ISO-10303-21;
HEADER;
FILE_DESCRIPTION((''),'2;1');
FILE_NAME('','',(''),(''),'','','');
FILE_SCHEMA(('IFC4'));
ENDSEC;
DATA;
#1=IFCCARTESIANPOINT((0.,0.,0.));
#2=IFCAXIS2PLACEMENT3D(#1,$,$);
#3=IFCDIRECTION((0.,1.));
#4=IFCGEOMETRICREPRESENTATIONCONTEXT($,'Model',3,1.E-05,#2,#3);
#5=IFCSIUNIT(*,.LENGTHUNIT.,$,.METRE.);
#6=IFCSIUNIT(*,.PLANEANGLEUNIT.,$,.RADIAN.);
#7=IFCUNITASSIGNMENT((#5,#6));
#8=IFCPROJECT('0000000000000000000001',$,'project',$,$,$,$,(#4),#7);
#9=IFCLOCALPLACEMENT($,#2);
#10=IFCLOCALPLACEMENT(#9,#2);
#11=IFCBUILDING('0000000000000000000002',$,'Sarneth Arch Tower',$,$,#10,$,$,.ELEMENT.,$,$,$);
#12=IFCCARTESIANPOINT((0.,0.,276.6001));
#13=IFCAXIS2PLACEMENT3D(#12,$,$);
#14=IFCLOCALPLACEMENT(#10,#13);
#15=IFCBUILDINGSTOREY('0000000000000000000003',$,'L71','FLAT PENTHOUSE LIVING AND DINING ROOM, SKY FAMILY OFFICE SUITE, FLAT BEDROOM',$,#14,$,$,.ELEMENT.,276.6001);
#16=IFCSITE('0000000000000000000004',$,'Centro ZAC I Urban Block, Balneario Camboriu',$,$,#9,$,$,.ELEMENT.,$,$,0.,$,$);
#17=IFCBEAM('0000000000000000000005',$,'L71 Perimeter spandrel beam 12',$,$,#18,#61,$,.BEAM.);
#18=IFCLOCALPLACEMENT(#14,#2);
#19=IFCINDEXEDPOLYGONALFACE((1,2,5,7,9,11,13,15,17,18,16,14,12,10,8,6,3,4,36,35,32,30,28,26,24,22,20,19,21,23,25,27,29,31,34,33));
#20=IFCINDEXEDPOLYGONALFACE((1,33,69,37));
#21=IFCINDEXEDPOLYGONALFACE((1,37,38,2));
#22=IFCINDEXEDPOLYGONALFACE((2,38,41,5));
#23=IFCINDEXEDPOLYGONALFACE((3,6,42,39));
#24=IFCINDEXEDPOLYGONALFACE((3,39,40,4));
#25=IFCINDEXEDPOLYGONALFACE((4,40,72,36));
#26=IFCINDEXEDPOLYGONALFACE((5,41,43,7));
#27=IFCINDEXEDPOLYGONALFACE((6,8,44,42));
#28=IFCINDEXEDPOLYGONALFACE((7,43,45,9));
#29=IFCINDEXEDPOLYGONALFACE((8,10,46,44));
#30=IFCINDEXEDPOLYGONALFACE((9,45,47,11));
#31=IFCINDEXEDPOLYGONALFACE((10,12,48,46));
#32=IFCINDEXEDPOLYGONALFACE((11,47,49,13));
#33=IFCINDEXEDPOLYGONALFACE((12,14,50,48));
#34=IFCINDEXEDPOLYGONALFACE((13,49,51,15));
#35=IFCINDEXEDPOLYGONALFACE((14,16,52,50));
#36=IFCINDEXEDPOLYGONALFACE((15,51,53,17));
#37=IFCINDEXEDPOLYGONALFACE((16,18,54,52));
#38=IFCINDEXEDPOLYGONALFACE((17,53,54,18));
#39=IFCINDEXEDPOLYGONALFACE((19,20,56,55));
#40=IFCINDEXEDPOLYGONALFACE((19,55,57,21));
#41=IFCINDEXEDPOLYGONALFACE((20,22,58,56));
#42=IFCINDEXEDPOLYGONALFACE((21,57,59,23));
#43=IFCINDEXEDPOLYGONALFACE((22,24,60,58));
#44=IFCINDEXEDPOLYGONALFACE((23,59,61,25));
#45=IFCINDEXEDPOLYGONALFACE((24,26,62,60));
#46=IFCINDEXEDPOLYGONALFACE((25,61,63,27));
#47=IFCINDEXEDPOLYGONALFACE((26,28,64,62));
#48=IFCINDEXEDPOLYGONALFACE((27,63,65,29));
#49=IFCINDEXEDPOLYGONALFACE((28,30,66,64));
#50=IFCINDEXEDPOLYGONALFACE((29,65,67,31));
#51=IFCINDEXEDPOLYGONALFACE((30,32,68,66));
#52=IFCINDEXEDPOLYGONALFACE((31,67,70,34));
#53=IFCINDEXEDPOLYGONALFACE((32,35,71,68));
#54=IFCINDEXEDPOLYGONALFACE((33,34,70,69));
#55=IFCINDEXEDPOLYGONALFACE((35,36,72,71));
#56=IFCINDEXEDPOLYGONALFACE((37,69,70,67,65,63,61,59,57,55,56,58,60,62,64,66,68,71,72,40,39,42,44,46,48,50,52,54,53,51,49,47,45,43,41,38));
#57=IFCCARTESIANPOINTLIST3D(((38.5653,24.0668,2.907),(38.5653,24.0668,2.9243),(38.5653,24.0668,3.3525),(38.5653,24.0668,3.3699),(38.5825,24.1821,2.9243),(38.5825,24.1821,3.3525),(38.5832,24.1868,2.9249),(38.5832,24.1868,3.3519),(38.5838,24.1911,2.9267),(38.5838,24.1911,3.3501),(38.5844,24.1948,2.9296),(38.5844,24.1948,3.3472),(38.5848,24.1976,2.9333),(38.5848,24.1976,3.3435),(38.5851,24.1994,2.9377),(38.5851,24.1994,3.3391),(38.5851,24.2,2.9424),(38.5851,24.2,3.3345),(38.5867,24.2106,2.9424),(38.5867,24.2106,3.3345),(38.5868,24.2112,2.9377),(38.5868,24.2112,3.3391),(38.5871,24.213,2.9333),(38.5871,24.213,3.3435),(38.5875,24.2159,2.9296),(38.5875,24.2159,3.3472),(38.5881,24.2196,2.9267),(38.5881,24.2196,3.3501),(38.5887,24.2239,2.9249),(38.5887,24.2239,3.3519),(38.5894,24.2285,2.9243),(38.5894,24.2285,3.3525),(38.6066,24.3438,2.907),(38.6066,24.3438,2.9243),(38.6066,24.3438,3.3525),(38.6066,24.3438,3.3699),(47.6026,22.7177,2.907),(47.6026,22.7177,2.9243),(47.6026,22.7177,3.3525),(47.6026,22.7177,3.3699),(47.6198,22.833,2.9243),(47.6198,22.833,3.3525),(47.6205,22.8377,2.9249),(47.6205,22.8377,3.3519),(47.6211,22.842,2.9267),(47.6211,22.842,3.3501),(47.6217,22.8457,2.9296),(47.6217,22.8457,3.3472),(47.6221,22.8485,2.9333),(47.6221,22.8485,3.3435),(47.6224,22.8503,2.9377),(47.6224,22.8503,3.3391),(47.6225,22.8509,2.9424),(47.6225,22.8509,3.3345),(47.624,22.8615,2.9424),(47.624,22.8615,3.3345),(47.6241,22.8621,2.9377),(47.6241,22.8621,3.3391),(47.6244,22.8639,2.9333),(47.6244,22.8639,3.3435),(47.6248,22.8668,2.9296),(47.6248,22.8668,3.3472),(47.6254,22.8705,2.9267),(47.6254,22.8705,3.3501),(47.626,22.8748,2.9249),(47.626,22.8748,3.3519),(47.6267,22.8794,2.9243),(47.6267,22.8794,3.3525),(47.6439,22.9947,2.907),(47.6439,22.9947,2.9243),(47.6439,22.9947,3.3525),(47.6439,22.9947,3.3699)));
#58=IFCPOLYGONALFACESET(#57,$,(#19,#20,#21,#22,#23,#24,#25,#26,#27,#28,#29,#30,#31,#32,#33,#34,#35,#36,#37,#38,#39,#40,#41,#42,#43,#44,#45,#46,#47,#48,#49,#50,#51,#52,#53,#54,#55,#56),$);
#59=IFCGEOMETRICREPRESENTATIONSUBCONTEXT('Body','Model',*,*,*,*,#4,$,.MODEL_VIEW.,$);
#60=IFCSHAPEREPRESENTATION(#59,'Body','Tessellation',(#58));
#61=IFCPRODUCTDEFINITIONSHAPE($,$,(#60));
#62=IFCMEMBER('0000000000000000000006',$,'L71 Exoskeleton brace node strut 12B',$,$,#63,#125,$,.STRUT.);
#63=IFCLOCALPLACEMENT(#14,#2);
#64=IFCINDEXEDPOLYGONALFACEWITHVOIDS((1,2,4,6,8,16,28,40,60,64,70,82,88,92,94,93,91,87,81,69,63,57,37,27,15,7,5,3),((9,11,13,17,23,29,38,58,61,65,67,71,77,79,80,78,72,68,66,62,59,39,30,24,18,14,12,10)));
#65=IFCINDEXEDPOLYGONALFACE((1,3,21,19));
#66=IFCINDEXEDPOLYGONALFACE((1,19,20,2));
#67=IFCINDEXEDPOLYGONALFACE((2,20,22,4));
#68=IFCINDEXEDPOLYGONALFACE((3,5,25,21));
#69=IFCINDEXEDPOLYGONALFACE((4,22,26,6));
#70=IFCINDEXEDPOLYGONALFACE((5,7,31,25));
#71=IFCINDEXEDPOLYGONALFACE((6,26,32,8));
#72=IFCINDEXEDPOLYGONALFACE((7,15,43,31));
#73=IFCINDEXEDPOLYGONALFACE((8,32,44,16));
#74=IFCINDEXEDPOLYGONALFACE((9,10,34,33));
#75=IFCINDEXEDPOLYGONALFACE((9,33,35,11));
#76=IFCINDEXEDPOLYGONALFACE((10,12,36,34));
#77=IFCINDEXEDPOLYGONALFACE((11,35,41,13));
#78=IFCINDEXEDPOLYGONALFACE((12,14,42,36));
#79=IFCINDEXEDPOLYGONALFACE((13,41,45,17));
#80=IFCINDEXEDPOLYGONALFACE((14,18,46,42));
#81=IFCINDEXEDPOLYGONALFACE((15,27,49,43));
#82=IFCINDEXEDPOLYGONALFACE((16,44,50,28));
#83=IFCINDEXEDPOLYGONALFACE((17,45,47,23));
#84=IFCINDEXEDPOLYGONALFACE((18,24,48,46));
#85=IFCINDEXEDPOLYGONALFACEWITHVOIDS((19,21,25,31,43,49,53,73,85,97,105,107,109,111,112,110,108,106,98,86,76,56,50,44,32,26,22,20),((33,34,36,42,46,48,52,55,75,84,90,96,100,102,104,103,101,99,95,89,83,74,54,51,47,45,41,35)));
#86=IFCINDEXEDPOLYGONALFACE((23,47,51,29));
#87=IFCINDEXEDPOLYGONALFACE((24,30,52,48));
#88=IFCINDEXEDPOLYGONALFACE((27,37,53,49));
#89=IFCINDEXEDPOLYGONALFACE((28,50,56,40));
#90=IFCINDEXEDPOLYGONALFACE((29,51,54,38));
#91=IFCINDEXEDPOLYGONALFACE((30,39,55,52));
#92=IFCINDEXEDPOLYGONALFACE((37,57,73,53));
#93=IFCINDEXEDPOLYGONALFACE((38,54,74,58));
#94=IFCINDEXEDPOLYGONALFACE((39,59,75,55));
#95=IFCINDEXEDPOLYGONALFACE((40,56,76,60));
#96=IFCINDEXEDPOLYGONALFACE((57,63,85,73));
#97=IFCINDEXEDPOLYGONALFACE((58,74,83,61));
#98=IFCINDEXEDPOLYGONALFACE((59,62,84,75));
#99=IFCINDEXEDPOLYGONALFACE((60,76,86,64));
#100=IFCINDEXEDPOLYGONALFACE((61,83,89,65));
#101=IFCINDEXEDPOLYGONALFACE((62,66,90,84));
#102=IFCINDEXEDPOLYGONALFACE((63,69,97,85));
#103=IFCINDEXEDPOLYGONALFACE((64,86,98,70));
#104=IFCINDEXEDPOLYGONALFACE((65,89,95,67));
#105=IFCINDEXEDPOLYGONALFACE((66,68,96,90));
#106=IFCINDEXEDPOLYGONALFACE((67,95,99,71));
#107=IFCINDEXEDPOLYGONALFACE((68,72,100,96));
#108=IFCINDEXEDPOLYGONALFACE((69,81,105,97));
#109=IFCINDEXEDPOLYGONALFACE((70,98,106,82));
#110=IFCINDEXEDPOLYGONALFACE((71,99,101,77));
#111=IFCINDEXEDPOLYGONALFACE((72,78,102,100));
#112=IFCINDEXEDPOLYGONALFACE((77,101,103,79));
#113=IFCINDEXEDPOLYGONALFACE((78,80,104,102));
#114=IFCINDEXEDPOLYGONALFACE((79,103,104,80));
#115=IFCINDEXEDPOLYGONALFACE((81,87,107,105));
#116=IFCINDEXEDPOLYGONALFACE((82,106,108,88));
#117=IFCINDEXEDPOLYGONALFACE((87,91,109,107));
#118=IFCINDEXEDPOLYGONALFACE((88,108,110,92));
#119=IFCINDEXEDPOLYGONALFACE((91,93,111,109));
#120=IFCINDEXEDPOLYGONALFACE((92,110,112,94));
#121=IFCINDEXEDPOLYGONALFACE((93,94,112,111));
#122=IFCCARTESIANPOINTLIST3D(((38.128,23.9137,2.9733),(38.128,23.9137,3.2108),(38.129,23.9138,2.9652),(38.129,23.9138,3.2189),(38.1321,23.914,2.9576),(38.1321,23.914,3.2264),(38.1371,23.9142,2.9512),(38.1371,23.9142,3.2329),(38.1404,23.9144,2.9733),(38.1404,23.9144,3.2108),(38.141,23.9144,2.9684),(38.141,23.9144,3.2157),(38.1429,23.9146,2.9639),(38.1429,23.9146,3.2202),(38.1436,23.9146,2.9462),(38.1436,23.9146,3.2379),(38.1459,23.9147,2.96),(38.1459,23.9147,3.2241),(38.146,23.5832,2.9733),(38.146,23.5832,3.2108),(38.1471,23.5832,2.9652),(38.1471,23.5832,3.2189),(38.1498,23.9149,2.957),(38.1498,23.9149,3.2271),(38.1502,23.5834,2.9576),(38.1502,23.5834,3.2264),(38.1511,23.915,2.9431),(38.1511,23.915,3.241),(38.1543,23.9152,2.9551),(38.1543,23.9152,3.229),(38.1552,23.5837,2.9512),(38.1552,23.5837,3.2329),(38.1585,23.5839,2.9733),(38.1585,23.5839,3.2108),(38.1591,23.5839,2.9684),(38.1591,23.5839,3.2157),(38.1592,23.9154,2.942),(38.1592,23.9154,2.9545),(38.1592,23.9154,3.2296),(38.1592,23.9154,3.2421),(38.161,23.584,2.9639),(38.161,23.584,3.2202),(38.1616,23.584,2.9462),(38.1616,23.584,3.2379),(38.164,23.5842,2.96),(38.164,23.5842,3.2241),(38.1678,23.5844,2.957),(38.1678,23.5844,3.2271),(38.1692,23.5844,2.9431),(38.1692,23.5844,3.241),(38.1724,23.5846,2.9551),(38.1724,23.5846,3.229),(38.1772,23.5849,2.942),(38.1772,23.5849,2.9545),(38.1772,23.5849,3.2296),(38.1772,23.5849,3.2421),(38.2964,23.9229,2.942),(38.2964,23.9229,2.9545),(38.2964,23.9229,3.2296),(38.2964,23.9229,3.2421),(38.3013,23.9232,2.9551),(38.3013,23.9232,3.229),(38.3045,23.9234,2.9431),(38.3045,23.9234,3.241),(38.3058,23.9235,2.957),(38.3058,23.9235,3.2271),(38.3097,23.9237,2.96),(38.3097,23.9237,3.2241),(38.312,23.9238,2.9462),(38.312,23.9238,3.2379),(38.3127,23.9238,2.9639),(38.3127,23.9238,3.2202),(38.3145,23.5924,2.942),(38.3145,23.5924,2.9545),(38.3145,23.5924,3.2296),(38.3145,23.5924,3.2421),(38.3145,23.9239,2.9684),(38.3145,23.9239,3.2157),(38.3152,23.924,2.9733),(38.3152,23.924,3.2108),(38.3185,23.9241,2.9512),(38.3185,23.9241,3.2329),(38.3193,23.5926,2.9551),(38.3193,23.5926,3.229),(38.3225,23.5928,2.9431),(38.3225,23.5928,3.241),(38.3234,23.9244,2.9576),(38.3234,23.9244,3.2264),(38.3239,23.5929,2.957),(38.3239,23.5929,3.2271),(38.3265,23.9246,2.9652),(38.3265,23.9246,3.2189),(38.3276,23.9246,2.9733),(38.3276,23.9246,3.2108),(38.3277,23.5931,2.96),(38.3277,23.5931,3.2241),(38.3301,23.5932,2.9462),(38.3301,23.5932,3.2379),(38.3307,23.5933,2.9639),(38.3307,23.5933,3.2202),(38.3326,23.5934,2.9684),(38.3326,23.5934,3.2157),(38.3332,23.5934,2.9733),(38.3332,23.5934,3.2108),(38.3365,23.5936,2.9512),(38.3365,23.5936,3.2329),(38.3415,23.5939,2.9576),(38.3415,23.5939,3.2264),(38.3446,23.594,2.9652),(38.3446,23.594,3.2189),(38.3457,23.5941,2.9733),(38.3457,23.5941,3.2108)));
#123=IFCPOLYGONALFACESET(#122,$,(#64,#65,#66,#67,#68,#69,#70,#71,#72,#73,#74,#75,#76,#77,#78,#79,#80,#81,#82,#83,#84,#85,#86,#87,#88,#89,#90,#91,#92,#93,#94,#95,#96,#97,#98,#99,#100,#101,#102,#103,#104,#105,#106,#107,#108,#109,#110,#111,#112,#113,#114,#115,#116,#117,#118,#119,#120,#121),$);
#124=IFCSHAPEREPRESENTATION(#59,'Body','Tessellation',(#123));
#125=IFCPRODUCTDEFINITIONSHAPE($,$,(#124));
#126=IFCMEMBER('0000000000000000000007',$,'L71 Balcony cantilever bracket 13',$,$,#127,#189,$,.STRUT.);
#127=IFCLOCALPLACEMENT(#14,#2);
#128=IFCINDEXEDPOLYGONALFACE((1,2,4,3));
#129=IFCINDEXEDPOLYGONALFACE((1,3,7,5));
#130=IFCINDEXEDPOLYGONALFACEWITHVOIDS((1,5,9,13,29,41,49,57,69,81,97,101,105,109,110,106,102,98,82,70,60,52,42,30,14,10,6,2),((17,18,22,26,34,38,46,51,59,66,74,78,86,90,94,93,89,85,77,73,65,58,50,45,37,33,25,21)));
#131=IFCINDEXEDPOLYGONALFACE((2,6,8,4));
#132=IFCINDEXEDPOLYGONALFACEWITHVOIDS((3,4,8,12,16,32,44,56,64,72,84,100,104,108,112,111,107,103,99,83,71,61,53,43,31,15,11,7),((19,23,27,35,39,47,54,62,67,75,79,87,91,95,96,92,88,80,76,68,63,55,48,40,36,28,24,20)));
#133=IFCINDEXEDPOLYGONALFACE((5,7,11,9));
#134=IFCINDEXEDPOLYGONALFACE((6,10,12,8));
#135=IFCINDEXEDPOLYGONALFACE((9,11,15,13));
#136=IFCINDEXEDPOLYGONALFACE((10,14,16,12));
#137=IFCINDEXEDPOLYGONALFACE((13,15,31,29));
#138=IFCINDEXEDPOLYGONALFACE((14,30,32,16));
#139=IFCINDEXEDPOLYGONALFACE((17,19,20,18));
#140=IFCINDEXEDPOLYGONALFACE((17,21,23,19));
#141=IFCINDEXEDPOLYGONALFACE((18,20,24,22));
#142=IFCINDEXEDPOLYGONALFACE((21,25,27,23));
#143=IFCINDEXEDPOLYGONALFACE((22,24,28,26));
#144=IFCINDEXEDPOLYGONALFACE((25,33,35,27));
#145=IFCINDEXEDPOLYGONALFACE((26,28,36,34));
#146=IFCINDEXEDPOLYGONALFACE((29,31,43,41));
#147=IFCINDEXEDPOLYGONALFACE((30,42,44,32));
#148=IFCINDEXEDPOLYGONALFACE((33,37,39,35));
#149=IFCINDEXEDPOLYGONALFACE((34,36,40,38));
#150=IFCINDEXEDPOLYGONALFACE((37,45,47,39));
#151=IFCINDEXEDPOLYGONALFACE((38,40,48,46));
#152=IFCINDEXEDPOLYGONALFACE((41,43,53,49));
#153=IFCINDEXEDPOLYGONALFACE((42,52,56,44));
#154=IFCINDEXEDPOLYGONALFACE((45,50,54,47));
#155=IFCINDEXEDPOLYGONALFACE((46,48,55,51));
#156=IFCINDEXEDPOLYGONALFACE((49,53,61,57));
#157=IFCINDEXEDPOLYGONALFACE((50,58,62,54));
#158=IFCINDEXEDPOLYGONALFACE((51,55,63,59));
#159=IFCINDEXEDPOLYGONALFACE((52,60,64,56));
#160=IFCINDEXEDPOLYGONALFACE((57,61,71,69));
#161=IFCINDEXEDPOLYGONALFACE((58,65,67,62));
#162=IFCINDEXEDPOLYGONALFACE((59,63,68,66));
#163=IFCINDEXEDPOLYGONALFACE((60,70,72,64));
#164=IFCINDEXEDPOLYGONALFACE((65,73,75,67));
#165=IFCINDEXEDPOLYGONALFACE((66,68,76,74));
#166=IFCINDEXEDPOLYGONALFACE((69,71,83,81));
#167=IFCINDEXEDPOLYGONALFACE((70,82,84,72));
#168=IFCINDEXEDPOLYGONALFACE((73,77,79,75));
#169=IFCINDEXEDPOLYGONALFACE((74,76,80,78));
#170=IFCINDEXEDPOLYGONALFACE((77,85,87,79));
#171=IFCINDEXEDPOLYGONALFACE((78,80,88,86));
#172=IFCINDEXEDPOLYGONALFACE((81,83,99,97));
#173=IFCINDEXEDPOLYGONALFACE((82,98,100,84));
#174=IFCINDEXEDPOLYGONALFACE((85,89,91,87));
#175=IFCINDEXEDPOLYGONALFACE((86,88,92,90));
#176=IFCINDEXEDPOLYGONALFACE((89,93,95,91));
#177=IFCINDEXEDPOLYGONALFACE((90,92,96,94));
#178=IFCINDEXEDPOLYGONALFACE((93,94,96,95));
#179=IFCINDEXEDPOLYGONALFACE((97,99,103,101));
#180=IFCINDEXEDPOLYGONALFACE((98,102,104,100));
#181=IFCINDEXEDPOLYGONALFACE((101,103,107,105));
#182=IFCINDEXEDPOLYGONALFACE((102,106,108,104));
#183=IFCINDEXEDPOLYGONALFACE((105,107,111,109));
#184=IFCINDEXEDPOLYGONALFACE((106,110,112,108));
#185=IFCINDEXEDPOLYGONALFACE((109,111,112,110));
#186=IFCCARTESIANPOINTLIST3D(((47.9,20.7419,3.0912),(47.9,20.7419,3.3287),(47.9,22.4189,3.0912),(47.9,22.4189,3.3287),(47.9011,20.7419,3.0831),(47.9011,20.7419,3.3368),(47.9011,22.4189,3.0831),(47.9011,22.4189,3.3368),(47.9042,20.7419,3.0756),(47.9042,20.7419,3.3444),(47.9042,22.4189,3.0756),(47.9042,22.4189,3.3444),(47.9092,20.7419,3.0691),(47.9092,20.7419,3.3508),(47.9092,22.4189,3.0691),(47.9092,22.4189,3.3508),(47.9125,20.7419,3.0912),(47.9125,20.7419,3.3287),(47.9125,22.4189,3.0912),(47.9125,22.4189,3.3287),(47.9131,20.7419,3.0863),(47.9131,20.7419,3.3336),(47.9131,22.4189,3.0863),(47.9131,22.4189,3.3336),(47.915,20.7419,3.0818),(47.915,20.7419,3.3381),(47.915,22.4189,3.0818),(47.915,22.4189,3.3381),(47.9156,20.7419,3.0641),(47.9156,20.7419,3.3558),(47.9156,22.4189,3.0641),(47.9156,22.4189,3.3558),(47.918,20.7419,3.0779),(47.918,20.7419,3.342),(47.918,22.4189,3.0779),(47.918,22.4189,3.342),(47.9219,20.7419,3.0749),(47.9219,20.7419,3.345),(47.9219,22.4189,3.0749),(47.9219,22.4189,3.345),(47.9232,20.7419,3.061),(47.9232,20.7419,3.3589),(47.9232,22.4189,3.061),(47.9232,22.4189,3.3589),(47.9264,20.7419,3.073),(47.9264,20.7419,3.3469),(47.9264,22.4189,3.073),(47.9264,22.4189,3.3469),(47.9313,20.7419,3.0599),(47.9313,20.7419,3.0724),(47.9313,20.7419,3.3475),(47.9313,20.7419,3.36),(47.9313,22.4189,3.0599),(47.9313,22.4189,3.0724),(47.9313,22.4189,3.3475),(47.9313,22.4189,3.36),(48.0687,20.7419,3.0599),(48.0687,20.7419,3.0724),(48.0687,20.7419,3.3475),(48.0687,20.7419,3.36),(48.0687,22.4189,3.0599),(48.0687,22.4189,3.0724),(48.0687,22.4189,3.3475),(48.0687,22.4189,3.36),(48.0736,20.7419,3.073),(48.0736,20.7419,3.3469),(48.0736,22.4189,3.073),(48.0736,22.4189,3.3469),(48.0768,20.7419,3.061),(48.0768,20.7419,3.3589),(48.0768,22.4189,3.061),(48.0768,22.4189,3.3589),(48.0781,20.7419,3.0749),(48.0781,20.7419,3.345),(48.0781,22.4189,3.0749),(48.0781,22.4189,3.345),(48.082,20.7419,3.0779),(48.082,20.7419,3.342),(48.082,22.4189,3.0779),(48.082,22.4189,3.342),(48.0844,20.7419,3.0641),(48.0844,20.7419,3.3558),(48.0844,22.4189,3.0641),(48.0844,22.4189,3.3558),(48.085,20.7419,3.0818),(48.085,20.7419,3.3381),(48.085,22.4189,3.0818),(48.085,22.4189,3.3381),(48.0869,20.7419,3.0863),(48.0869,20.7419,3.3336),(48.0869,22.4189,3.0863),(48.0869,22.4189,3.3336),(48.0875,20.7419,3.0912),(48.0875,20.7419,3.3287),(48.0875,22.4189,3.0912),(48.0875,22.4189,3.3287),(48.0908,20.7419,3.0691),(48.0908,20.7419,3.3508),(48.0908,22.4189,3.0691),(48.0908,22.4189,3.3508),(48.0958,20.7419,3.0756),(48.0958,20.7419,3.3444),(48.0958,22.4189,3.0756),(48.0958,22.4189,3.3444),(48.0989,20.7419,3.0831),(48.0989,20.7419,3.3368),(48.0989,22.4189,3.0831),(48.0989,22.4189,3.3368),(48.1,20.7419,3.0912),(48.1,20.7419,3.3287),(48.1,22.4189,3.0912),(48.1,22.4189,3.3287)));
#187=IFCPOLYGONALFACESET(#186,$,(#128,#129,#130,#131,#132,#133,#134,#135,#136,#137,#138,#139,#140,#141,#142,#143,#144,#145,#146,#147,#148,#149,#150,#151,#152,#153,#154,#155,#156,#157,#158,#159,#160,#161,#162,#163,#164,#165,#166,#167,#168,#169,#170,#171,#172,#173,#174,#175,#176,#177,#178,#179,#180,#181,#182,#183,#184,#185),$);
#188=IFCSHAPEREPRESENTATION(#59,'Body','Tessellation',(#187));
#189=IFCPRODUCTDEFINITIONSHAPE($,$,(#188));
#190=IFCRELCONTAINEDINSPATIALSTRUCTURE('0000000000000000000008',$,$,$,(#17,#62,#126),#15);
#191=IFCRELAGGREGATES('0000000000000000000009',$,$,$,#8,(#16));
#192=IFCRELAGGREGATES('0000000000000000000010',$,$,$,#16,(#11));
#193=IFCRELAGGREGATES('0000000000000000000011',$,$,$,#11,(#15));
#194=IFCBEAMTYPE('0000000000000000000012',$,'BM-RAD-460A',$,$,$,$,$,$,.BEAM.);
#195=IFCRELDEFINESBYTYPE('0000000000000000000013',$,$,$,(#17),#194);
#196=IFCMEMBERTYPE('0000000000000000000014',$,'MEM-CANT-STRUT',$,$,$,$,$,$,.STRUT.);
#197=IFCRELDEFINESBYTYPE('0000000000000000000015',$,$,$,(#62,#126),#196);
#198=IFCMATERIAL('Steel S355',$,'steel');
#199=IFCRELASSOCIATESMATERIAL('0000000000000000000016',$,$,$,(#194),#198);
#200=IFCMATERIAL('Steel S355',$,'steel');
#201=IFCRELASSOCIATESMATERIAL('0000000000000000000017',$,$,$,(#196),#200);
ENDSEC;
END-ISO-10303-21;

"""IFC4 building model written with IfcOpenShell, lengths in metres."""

from ifc_helpers import new_model, si_unit, direction, frame, origin, origin_2d, place, context, subcontext, project, spatial, hollow_rectangle, i_section, extrude, material, material_profile, profile_set, type_object, element, save


model = new_model("IFC4")

# Units and contexts
model_context = context("Model", 3, precision=1e-05, world=origin(), true_north=direction((0.0, 1.0)))
body_context = subcontext(model_context, "Body", "Model", "MODEL_VIEW")
ifc_project = project(units=[si_unit("LENGTHUNIT", "METRE"), si_unit("PLANEANGLEUNIT", "RADIAN")], contexts=[model_context])

# Site, building, storey
site_placement = place(None, origin())
site = spatial("IfcSite", under=ifc_project, at=site_placement, Name="Centro ZAC I Urban Block, Balneario Camboriu", CompositionType="ELEMENT", RefElevation=0.0)
building_placement = place(site_placement, origin())
building = spatial("IfcBuilding", under=site, at=building_placement, Name="Sarneth Arch Tower", CompositionType="ELEMENT")
storey_placement = place(building_placement, frame((0.0, 0.0, 276.6001)))
storey = spatial("IfcBuildingStorey", under=building, at=storey_placement, Name="L71", Description="FLAT PENTHOUSE LIVING AND DINING ROOM, SKY FAMILY OFFICE SUITE, FLAT BEDROOM", CompositionType="ELEMENT", Elevation=276.6001)

# Beam
ifc_material_1 = material(Name="Steel S355", Category="steel")
ifc_material_profile_1 = material_profile(ifc_material_1, i_section(OverallWidth=0.28, OverallDepth=0.4629, WebThickness=0.0107, FlangeThickness=0.0173, FilletRadius=0.0181, at=origin_2d()), Name="W460x113")
ifc_profile_set_1 = profile_set([ifc_material_profile_1], Name="Steel S355")
beam_type_1 = type_object("IfcBeamType", Name="BM-RAD-460A", PredefinedType="BEAM", material=ifc_profile_set_1)
beam_1_placement = place(storey_placement, frame((38.5859, 24.2053, 3.1384), z_axis=(0.98904, -0.147647, 0.0), x_axis=(0.147647, 0.98904, 0.0)))
element("IfcBeam", 1, at=beam_1_placement, inside=storey, type_object=beam_type_1, Name="L71 Perimeter spandrel beam 12", PredefinedType="BEAM", context=body_context, shape_type="SweptSolid", body=[
    extrude(i_section(OverallWidth=0.28, OverallDepth=0.4629, WebThickness=0.0107, FlangeThickness=0.0173, FilletRadius=0.0181, at=origin_2d()), origin(), (0.0, 0.0, 1.0), 9.1375),
])

# Members
ifc_material_2 = material(Name="Steel S355", Category="steel")
ifc_material_profile_2 = material_profile(ifc_material_2, hollow_rectangle(XDim=0.2, YDim=0.3, WallThickness=0.0125, InnerFilletRadius=0.0188, OuterFilletRadius=0.0312, at=origin_2d()), Name="RHS300x200x12.5")
ifc_profile_set_2 = profile_set([ifc_material_profile_2], Name="Steel S355")
member_type_1 = type_object("IfcMemberType", Name="MEM-CANT-STRUT", PredefinedType="STRUT", material=ifc_profile_set_2)
member_1_placement = place(storey_placement, frame((38.2278, 23.9192, 3.092), z_axis=(0.054571, -0.99851, 0.0), x_axis=(0.99851, 0.054571, 0.0)))
element("IfcMember", 2, at=member_1_placement, inside=storey, type_object=member_type_1, Name="L71 Exoskeleton brace node strut 12B", PredefinedType="STRUT", context=body_context, shape_type="SweptSolid", body=[
    extrude(hollow_rectangle(XDim=0.2, YDim=0.3, WallThickness=0.0125, InnerFilletRadius=0.0188, OuterFilletRadius=0.0312, at=origin_2d()), origin(), (0.0, 0.0, 1.0), 0.3311),
])
member_2_placement = place(storey_placement, frame((48.0, 22.4189, 3.21), z_axis=(0.0, -1.0, 0.0), x_axis=(1.0, 0.0, 0.0)))
element("IfcMember", 3, at=member_2_placement, inside=storey, type_object=member_type_1, Name="L71 Balcony cantilever bracket 13", PredefinedType="STRUT", context=body_context, shape_type="SweptSolid", body=[
    extrude(hollow_rectangle(XDim=0.2, YDim=0.3, WallThickness=0.0125, InnerFilletRadius=0.0188, OuterFilletRadius=0.0312, at=origin_2d()), origin(), (0.0, 0.0, 1.0), 1.677),
])

save(model, "model.ifc")
